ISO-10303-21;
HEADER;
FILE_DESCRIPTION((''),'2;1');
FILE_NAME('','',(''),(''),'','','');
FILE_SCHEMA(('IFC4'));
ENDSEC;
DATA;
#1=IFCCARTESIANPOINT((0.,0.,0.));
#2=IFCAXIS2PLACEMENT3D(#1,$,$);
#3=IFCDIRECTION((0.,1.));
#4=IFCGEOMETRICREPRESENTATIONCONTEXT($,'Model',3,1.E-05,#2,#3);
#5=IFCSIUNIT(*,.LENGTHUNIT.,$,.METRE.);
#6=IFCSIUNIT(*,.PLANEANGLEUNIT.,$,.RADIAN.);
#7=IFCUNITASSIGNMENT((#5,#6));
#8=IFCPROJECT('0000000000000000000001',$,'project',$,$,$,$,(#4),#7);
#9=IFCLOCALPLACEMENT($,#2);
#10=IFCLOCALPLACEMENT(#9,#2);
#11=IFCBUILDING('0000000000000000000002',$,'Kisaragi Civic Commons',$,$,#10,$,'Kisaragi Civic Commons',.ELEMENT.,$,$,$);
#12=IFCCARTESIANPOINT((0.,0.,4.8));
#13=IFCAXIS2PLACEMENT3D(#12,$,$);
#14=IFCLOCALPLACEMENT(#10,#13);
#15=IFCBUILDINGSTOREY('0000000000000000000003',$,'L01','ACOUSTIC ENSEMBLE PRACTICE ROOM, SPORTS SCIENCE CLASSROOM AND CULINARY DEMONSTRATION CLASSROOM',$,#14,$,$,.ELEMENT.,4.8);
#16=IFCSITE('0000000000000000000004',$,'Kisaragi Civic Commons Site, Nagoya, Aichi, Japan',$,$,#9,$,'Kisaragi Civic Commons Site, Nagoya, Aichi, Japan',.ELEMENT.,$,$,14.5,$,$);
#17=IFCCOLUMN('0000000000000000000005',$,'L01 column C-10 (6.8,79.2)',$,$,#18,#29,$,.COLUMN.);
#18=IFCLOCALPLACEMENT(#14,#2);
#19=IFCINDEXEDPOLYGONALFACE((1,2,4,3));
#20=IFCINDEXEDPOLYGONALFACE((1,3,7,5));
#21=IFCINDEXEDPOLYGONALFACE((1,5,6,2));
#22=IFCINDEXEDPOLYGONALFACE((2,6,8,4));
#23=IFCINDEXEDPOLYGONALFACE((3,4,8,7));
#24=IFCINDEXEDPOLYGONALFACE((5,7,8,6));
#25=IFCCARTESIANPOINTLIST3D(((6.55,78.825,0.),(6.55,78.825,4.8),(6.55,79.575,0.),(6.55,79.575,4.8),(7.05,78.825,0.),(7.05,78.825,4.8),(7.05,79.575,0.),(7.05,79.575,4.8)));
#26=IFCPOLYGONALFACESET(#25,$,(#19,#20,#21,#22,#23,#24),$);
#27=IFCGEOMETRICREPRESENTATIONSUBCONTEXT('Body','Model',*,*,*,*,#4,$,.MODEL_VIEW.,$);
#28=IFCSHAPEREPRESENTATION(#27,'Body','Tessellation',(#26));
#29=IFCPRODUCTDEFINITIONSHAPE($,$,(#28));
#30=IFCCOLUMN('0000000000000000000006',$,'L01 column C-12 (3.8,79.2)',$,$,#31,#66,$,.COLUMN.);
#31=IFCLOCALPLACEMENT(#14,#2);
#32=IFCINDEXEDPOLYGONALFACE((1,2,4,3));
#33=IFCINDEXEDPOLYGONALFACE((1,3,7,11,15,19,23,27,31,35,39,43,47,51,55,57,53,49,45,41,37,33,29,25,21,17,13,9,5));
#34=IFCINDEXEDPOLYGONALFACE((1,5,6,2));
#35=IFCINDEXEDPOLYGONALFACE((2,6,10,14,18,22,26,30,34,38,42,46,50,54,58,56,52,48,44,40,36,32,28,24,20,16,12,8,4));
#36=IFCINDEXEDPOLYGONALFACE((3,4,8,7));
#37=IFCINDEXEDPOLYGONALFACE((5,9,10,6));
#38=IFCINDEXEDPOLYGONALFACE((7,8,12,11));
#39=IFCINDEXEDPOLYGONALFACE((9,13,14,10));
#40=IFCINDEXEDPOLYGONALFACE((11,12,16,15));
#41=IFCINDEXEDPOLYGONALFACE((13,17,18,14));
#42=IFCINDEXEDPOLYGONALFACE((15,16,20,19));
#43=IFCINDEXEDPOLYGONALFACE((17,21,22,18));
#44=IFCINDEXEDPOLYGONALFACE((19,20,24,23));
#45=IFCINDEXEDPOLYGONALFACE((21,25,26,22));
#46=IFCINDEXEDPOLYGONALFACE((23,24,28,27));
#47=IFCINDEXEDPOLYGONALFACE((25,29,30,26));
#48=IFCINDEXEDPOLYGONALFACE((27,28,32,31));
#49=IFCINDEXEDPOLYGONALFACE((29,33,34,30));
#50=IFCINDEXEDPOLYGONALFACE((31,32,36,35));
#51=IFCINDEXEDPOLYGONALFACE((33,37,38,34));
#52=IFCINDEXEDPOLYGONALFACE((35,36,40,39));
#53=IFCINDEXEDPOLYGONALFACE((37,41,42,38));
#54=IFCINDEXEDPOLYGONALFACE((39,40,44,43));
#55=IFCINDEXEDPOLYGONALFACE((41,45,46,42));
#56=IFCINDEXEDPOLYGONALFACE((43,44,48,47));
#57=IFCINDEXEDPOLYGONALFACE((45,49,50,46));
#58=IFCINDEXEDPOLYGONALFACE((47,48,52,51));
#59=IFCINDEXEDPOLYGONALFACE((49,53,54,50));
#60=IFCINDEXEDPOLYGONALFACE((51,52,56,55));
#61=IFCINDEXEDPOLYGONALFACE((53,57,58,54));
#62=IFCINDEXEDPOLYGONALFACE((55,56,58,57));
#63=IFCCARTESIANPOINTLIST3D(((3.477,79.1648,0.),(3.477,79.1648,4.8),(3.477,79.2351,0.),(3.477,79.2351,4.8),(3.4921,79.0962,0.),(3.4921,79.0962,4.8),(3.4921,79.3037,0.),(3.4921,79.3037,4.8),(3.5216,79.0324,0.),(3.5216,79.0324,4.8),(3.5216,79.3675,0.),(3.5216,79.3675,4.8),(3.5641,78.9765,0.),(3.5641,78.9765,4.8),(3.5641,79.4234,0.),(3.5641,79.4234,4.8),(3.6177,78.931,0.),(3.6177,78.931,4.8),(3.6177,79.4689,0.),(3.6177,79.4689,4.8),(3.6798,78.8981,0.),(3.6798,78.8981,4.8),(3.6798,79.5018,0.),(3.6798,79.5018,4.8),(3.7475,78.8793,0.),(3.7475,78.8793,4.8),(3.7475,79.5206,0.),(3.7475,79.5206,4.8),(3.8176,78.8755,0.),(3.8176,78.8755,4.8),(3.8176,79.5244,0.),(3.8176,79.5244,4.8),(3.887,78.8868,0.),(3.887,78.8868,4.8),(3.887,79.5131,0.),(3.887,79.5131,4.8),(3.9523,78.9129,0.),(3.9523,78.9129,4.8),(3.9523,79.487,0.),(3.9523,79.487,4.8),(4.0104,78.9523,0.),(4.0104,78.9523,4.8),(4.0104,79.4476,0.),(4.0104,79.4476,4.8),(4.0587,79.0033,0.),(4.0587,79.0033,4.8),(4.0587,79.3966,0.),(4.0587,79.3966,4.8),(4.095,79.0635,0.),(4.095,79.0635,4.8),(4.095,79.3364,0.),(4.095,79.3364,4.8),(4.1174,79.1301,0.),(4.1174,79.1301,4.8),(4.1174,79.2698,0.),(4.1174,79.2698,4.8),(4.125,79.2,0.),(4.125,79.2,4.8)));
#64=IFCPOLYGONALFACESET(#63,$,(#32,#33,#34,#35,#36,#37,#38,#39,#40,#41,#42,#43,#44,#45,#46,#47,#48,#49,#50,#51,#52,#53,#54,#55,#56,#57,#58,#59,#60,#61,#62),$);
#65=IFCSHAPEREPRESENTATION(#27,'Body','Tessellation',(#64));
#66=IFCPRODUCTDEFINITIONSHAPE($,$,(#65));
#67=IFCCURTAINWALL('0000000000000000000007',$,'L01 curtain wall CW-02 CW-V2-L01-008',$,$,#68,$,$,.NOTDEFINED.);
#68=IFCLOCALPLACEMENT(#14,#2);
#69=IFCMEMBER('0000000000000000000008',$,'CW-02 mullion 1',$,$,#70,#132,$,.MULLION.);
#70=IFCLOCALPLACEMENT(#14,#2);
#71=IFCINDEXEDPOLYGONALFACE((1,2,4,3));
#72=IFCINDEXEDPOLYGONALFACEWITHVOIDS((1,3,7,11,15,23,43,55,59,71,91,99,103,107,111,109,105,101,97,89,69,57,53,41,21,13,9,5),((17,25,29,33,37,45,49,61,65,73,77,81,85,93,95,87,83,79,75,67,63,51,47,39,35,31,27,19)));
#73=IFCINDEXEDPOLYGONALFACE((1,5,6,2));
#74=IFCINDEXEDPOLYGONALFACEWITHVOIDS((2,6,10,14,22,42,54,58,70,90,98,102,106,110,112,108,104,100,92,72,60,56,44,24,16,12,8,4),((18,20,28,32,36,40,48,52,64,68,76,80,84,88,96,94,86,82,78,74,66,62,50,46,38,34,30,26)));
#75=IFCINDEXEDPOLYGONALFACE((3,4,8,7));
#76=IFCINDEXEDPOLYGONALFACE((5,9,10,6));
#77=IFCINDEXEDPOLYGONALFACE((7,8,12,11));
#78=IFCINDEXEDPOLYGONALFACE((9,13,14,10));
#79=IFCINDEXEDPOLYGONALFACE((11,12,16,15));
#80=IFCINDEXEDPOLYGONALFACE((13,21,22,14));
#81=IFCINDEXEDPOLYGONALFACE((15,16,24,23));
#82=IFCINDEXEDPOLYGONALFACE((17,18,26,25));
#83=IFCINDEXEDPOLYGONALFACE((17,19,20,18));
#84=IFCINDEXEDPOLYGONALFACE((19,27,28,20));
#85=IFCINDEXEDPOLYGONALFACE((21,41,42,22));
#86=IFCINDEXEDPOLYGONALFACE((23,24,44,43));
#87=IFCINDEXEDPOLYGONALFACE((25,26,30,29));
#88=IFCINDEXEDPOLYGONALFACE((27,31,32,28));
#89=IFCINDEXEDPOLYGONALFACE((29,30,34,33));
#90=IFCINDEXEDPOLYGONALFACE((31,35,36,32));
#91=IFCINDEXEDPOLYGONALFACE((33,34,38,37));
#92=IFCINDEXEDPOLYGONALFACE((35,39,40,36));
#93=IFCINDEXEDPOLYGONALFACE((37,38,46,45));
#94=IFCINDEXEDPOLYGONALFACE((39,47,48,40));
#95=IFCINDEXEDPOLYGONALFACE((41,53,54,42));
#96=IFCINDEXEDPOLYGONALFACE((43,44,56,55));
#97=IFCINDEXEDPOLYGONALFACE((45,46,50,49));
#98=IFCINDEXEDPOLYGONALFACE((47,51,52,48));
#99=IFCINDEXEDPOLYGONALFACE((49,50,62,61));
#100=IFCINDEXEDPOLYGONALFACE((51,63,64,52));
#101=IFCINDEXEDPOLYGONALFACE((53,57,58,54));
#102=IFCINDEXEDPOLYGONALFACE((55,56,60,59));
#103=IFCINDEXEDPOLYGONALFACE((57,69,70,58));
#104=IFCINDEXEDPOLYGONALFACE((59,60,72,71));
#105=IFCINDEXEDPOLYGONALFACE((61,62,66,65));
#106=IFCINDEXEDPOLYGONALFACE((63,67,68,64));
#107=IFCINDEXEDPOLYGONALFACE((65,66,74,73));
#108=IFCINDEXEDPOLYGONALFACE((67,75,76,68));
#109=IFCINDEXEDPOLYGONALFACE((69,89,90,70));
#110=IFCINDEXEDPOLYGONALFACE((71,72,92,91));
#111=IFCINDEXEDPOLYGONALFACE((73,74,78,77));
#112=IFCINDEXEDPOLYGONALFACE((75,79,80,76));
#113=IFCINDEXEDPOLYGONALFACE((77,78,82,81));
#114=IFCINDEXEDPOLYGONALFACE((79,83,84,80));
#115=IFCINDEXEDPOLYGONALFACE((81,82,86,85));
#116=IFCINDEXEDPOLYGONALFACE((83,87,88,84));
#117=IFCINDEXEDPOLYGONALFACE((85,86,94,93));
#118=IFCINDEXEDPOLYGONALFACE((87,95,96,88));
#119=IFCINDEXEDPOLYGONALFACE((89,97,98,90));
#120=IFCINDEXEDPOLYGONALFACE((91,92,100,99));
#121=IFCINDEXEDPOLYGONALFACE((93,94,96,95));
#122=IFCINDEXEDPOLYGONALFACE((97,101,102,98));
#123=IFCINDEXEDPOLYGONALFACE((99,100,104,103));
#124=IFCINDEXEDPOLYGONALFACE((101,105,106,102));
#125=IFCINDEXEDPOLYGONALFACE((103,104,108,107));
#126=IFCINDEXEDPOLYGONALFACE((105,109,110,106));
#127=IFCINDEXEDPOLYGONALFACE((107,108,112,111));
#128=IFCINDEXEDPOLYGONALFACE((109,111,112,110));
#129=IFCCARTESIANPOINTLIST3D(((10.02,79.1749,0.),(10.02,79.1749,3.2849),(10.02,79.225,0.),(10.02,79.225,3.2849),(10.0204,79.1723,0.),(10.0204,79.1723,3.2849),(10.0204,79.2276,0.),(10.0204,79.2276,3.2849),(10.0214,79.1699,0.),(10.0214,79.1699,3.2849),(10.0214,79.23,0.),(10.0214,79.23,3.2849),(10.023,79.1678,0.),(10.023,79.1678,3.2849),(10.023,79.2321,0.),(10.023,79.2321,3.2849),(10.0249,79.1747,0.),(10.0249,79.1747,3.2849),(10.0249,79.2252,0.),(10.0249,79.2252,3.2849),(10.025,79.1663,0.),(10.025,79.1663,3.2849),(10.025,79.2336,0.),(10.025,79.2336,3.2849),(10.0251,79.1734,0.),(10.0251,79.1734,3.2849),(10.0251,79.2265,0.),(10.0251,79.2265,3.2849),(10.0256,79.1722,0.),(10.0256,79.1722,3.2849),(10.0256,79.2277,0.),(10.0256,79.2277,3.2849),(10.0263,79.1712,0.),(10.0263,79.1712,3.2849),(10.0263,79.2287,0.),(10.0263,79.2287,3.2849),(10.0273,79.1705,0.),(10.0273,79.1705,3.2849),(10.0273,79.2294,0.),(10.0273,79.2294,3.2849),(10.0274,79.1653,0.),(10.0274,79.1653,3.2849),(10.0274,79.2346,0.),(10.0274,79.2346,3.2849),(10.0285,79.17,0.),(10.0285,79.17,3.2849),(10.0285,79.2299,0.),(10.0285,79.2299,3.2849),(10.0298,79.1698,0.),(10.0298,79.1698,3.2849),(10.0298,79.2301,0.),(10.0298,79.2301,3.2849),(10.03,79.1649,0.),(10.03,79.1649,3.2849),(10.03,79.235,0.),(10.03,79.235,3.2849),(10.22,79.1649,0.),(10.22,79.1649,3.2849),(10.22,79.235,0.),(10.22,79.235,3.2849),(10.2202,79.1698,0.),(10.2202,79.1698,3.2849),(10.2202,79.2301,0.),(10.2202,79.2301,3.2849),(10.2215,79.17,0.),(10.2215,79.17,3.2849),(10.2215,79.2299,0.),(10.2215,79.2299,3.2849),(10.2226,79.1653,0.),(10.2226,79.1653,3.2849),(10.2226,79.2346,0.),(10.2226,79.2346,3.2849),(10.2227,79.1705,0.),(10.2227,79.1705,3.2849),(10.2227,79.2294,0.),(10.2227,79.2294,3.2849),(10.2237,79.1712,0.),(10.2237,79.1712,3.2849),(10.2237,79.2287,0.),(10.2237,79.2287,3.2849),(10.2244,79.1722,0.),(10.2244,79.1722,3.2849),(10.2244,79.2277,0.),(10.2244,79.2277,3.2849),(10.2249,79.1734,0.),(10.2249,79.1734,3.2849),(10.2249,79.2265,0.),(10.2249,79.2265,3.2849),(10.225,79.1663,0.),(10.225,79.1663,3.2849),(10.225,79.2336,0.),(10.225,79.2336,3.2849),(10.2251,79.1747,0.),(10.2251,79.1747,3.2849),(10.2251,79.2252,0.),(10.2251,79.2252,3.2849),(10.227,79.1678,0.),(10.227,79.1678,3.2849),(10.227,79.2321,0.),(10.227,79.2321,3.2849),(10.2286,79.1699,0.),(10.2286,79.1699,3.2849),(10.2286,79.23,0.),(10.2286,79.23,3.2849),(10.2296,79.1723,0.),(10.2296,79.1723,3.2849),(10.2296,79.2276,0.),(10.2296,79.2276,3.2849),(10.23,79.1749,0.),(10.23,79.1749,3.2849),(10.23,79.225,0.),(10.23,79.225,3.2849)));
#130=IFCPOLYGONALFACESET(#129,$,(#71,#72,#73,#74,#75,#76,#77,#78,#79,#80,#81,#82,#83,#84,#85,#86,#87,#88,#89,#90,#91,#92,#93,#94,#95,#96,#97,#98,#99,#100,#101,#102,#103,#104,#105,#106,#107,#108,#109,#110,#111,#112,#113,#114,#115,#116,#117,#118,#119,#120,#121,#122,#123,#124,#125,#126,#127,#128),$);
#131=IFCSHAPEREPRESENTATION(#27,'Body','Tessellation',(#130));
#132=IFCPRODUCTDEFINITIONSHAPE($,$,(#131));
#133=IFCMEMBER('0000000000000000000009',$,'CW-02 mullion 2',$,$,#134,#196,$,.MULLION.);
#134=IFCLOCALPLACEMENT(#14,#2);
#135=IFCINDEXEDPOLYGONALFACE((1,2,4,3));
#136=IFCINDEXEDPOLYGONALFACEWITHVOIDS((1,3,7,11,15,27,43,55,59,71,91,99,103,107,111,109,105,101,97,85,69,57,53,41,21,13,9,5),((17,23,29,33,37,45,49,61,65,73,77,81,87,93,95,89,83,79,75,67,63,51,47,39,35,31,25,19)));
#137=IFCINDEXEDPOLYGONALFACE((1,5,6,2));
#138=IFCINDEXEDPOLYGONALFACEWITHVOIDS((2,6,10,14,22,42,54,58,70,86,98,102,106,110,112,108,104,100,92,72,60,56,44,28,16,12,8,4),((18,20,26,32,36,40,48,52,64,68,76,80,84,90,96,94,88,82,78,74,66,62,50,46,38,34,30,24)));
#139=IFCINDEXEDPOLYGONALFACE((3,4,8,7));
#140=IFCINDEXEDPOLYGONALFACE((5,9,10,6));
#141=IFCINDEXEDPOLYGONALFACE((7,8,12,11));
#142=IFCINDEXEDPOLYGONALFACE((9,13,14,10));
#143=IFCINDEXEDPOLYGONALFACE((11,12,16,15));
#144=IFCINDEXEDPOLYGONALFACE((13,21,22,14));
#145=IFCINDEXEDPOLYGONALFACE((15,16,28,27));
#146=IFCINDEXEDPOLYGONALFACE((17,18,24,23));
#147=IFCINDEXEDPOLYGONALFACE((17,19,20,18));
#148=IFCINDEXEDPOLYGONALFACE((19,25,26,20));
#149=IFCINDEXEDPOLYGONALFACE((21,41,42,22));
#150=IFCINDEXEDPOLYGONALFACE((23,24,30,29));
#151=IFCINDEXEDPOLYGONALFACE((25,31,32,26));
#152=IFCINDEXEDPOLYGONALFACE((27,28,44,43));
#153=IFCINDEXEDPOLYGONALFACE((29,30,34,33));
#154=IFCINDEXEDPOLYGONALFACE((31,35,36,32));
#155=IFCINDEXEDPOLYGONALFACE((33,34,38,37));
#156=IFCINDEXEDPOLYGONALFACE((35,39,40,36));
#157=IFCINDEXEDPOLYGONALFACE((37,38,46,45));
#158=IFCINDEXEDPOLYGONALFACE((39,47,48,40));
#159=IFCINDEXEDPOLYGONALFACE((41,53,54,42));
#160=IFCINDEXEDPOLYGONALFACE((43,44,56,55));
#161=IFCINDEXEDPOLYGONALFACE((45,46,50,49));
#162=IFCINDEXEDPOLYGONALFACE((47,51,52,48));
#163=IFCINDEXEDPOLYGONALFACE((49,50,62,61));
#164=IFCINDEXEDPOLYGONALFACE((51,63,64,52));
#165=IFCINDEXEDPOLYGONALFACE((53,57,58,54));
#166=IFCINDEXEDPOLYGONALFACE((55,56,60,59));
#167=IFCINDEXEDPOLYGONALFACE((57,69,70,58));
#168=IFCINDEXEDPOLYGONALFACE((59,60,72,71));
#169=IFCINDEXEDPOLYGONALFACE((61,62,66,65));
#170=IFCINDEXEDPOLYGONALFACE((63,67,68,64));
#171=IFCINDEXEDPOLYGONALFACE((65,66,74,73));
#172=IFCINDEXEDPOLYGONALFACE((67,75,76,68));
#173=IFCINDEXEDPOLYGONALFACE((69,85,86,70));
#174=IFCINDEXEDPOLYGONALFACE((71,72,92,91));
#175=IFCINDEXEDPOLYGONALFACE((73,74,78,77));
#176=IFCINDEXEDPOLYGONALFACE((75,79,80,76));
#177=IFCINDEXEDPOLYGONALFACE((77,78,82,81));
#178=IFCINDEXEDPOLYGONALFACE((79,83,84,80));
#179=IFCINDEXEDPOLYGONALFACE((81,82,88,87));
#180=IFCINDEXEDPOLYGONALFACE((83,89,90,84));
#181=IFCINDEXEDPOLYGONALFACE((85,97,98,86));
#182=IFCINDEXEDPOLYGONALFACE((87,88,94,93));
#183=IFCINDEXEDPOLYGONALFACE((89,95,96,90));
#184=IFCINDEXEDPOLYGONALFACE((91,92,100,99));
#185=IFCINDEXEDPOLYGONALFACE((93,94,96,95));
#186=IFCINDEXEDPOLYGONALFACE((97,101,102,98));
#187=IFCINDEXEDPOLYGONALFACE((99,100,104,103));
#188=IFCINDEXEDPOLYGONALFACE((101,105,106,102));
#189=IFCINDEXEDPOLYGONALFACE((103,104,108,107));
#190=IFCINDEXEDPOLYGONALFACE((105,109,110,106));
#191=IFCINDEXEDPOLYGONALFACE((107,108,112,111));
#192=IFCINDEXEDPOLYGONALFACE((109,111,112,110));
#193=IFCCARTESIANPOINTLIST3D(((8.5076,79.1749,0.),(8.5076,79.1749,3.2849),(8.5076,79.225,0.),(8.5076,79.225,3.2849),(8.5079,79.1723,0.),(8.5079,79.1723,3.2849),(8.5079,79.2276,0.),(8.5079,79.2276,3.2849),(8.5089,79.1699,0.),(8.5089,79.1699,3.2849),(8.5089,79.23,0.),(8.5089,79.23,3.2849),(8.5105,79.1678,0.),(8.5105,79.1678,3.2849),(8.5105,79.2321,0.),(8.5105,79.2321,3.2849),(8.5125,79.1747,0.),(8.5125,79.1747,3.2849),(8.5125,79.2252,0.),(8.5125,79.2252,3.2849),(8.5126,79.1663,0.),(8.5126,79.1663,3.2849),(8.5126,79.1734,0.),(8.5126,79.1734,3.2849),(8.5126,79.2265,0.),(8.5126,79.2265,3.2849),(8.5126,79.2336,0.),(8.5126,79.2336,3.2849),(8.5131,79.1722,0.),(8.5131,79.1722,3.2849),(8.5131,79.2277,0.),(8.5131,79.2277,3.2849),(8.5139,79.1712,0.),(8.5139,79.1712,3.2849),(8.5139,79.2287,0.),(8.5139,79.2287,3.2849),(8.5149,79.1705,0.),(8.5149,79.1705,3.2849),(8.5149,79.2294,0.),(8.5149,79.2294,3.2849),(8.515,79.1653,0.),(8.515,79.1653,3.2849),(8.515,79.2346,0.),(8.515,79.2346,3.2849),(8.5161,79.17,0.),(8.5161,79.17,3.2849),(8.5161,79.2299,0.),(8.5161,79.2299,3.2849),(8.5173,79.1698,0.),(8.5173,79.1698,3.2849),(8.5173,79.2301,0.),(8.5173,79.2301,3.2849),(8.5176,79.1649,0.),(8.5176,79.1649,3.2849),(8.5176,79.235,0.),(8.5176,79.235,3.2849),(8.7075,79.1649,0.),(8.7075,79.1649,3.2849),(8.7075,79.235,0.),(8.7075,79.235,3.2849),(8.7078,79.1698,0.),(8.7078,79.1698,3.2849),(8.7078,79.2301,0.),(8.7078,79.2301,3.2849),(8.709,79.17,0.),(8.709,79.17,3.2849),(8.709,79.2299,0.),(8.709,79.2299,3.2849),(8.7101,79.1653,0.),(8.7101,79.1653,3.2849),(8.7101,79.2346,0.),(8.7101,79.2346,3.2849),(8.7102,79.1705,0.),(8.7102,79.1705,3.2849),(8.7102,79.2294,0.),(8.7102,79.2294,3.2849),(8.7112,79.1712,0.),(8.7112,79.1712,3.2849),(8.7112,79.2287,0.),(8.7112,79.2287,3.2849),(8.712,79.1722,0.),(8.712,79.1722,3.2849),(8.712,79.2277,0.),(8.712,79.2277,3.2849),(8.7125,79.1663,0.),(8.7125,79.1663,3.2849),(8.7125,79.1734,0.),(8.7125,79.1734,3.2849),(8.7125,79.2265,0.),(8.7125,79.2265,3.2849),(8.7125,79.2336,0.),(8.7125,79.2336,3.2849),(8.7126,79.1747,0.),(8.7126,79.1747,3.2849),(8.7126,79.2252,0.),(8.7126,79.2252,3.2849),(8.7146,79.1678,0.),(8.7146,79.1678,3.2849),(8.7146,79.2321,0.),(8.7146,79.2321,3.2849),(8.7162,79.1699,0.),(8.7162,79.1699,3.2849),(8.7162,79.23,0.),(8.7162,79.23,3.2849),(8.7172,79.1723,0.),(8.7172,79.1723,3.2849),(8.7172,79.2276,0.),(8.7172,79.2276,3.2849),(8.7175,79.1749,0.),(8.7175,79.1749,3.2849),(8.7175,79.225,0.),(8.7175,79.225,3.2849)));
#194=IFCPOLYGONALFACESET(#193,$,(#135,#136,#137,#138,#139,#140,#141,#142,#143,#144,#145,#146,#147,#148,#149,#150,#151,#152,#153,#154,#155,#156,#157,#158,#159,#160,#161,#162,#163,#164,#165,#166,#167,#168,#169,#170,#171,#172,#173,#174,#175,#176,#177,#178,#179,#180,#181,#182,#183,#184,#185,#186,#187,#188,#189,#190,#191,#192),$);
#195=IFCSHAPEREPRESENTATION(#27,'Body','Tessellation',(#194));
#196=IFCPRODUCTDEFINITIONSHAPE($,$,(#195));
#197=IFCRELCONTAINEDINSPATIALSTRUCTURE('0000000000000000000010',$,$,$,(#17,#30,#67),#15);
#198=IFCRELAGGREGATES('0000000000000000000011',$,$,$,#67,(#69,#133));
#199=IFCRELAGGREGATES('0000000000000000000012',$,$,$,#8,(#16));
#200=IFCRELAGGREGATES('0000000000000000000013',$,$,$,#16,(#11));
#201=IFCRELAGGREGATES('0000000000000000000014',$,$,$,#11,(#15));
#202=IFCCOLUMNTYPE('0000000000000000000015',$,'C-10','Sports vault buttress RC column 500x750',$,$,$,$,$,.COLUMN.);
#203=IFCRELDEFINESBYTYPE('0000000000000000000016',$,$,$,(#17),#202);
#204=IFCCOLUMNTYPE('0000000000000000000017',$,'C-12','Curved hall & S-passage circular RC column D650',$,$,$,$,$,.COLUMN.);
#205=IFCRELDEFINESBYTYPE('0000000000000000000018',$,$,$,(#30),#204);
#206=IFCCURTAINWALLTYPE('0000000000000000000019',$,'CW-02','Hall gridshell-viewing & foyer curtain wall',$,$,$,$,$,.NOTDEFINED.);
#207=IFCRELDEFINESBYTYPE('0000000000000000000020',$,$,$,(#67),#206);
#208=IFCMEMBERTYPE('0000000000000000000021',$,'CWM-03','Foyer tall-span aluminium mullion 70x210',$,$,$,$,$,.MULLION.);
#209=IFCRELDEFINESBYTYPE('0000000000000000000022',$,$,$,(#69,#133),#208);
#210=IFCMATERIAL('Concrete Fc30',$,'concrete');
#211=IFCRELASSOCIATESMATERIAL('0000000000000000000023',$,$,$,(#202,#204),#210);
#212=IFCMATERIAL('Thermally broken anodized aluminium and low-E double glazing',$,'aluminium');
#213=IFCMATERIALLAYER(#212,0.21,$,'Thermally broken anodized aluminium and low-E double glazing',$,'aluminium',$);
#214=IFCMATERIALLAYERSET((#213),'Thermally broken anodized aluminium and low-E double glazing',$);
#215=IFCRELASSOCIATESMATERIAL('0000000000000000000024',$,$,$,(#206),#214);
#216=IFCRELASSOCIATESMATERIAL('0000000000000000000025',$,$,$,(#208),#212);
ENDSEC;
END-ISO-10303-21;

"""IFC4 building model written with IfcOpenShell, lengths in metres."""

from ifc_helpers import new_model, si_unit, direction, frame, origin, origin_2d, place, context, subcontext, project, spatial, rectangle, hollow_rectangle, circle, extrude, material, layer, layer_set, material_profile, profile_set, type_object, element, aggregate, save


model = new_model("IFC4")

# Units and contexts
model_context = context("Model", 3, precision=1e-05, world=origin(), true_north=direction((0.0, 1.0)))
body_context = subcontext(model_context, "Body", "Model", "MODEL_VIEW")
ifc_project = project(units=[si_unit("LENGTHUNIT", "METRE"), si_unit("PLANEANGLEUNIT", "RADIAN")], contexts=[model_context])

# Site, building, storey
site_placement = place(None, origin())
site = spatial("IfcSite", under=ifc_project, at=site_placement, Name="Kisaragi Civic Commons Site, Nagoya, Aichi, Japan", LongName="Kisaragi Civic Commons Site, Nagoya, Aichi, Japan", CompositionType="ELEMENT", RefElevation=14.5)
building_placement = place(site_placement, origin())
building = spatial("IfcBuilding", under=site, at=building_placement, Name="Kisaragi Civic Commons", LongName="Kisaragi Civic Commons", CompositionType="ELEMENT")
storey_placement = place(building_placement, frame((0.0, 0.0, 4.8)))
storey = spatial("IfcBuildingStorey", under=building, at=storey_placement, Name="L01", Description="ACOUSTIC ENSEMBLE PRACTICE ROOM, SPORTS SCIENCE CLASSROOM AND CULINARY DEMONSTRATION CLASSROOM", CompositionType="ELEMENT", Elevation=4.8)

# Columns
ifc_material_1 = material(Name="Concrete Fc30", Category="concrete")
ifc_material_profile_1 = material_profile(ifc_material_1, rectangle(XDim=0.5, YDim=0.75, at=origin_2d()), Name="RC-500x750", Category="concrete")
ifc_profile_set_1 = profile_set([ifc_material_profile_1], Name="Concrete Fc30")
column_type_1 = type_object("IfcColumnType", Name="C-10", Description="Sports vault buttress RC column 500x750", PredefinedType="COLUMN", material=ifc_profile_set_1)
column_1_placement = place(storey_placement, frame((6.8, 79.2, 0.0), z_axis=(0.0, 0.0, 1.0), x_axis=(1.0, 0.0, 0.0)))
element("IfcColumn", 1, at=column_1_placement, inside=storey, type_object=column_type_1, Name="L01 column C-10 (6.8,79.2)", PredefinedType="COLUMN", context=body_context, shape_type="SweptSolid", body=[
    extrude(rectangle(XDim=0.5, YDim=0.75, at=origin_2d()), origin(), (0.0, 0.0, 1.0), 4.8),
])
ifc_material_profile_2 = material_profile(ifc_material_1, circle(Radius=0.325, at=origin_2d()), Name="RC-D650", Category="concrete")
ifc_profile_set_2 = profile_set([ifc_material_profile_2], Name="Concrete Fc30")
column_type_2 = type_object("IfcColumnType", Name="C-12", Description="Curved hall & S-passage circular RC column D650", PredefinedType="COLUMN", material=ifc_profile_set_2)
column_2_placement = place(storey_placement, frame((3.8, 79.2, 0.0), z_axis=(0.0, 0.0, 1.0), x_axis=(1.0, 0.0, 0.0)))
element("IfcColumn", 2, at=column_2_placement, inside=storey, type_object=column_type_2, Name="L01 column C-12 (3.8,79.2)", PredefinedType="COLUMN", context=body_context, shape_type="SweptSolid", body=[
    extrude(circle(Radius=0.325, at=origin_2d()), origin(), (0.0, 0.0, 1.0), 4.8),
])

# Curtain wall, members
ifc_material_2 = material(Name="Thermally broken anodized aluminium and low-E double glazing", Category="aluminium")
ifc_layer_1 = layer(ifc_material_2, 0.21, Name="Thermally broken anodized aluminium and low-E double glazing", Category="aluminium")
ifc_layer_set_1 = layer_set([ifc_layer_1], Name="Thermally broken anodized aluminium and low-E double glazing")
curtain_wall_type = type_object("IfcCurtainWallType", Name="CW-02", Description="Hall gridshell-viewing & foyer curtain wall", PredefinedType="NOTDEFINED", material=ifc_layer_set_1)
curtain_wall_placement = place(storey_placement, origin())
curtain_wall = element("IfcCurtainWall", 3, at=curtain_wall_placement, inside=storey, type_object=curtain_wall_type, Name="L01 curtain wall CW-02 CW-V2-L01-008", PredefinedType="NOTDEFINED")
ifc_material_profile_3 = material_profile(ifc_material_2, hollow_rectangle(XDim=0.0701, YDim=0.21, WallThickness=0.0049, InnerFilletRadius=0.0049, OuterFilletRadius=0.01, at=origin_2d()), Name="CWM-70x210x5", Category="aluminium")
ifc_profile_set_3 = profile_set([ifc_material_profile_3], Name="Thermally broken anodized aluminium and low-E double glazing")
member_type_1 = type_object("IfcMemberType", Name="CWM-03", Description="Foyer tall-span aluminium mullion 70x210", PredefinedType="MULLION", material=ifc_profile_set_3)
member_1_placement = place(storey_placement, frame((10.125, 79.2, 0.0), z_axis=(0.0, 0.0, 1.0), x_axis=(0.0, -1.0, 0.0)))
member_1 = element("IfcMember", 4, at=member_1_placement, type_object=member_type_1, Name="CW-02 mullion 1", PredefinedType="MULLION", context=body_context, shape_type="SweptSolid", body=[
    extrude(hollow_rectangle(XDim=0.0701, YDim=0.21, WallThickness=0.0049, InnerFilletRadius=0.0049, OuterFilletRadius=0.01, at=origin_2d()), origin(), (0.0, 0.0, 1.0), 3.2849),
])
member_2_placement = place(storey_placement, frame((8.6125, 79.2, 0.0), z_axis=(0.0, 0.0, 1.0), x_axis=(0.0, -1.0, 0.0)))
member_2 = element("IfcMember", 5, at=member_2_placement, type_object=member_type_1, Name="CW-02 mullion 2", PredefinedType="MULLION", context=body_context, shape_type="SweptSolid", body=[
    extrude(hollow_rectangle(XDim=0.0701, YDim=0.21, WallThickness=0.0049, InnerFilletRadius=0.0049, OuterFilletRadius=0.01, at=origin_2d()), origin(), (0.0, 0.0, 1.0), 3.2849),
])

aggregate(curtain_wall, [member_1, member_2])

save(model, "model.ifc")
